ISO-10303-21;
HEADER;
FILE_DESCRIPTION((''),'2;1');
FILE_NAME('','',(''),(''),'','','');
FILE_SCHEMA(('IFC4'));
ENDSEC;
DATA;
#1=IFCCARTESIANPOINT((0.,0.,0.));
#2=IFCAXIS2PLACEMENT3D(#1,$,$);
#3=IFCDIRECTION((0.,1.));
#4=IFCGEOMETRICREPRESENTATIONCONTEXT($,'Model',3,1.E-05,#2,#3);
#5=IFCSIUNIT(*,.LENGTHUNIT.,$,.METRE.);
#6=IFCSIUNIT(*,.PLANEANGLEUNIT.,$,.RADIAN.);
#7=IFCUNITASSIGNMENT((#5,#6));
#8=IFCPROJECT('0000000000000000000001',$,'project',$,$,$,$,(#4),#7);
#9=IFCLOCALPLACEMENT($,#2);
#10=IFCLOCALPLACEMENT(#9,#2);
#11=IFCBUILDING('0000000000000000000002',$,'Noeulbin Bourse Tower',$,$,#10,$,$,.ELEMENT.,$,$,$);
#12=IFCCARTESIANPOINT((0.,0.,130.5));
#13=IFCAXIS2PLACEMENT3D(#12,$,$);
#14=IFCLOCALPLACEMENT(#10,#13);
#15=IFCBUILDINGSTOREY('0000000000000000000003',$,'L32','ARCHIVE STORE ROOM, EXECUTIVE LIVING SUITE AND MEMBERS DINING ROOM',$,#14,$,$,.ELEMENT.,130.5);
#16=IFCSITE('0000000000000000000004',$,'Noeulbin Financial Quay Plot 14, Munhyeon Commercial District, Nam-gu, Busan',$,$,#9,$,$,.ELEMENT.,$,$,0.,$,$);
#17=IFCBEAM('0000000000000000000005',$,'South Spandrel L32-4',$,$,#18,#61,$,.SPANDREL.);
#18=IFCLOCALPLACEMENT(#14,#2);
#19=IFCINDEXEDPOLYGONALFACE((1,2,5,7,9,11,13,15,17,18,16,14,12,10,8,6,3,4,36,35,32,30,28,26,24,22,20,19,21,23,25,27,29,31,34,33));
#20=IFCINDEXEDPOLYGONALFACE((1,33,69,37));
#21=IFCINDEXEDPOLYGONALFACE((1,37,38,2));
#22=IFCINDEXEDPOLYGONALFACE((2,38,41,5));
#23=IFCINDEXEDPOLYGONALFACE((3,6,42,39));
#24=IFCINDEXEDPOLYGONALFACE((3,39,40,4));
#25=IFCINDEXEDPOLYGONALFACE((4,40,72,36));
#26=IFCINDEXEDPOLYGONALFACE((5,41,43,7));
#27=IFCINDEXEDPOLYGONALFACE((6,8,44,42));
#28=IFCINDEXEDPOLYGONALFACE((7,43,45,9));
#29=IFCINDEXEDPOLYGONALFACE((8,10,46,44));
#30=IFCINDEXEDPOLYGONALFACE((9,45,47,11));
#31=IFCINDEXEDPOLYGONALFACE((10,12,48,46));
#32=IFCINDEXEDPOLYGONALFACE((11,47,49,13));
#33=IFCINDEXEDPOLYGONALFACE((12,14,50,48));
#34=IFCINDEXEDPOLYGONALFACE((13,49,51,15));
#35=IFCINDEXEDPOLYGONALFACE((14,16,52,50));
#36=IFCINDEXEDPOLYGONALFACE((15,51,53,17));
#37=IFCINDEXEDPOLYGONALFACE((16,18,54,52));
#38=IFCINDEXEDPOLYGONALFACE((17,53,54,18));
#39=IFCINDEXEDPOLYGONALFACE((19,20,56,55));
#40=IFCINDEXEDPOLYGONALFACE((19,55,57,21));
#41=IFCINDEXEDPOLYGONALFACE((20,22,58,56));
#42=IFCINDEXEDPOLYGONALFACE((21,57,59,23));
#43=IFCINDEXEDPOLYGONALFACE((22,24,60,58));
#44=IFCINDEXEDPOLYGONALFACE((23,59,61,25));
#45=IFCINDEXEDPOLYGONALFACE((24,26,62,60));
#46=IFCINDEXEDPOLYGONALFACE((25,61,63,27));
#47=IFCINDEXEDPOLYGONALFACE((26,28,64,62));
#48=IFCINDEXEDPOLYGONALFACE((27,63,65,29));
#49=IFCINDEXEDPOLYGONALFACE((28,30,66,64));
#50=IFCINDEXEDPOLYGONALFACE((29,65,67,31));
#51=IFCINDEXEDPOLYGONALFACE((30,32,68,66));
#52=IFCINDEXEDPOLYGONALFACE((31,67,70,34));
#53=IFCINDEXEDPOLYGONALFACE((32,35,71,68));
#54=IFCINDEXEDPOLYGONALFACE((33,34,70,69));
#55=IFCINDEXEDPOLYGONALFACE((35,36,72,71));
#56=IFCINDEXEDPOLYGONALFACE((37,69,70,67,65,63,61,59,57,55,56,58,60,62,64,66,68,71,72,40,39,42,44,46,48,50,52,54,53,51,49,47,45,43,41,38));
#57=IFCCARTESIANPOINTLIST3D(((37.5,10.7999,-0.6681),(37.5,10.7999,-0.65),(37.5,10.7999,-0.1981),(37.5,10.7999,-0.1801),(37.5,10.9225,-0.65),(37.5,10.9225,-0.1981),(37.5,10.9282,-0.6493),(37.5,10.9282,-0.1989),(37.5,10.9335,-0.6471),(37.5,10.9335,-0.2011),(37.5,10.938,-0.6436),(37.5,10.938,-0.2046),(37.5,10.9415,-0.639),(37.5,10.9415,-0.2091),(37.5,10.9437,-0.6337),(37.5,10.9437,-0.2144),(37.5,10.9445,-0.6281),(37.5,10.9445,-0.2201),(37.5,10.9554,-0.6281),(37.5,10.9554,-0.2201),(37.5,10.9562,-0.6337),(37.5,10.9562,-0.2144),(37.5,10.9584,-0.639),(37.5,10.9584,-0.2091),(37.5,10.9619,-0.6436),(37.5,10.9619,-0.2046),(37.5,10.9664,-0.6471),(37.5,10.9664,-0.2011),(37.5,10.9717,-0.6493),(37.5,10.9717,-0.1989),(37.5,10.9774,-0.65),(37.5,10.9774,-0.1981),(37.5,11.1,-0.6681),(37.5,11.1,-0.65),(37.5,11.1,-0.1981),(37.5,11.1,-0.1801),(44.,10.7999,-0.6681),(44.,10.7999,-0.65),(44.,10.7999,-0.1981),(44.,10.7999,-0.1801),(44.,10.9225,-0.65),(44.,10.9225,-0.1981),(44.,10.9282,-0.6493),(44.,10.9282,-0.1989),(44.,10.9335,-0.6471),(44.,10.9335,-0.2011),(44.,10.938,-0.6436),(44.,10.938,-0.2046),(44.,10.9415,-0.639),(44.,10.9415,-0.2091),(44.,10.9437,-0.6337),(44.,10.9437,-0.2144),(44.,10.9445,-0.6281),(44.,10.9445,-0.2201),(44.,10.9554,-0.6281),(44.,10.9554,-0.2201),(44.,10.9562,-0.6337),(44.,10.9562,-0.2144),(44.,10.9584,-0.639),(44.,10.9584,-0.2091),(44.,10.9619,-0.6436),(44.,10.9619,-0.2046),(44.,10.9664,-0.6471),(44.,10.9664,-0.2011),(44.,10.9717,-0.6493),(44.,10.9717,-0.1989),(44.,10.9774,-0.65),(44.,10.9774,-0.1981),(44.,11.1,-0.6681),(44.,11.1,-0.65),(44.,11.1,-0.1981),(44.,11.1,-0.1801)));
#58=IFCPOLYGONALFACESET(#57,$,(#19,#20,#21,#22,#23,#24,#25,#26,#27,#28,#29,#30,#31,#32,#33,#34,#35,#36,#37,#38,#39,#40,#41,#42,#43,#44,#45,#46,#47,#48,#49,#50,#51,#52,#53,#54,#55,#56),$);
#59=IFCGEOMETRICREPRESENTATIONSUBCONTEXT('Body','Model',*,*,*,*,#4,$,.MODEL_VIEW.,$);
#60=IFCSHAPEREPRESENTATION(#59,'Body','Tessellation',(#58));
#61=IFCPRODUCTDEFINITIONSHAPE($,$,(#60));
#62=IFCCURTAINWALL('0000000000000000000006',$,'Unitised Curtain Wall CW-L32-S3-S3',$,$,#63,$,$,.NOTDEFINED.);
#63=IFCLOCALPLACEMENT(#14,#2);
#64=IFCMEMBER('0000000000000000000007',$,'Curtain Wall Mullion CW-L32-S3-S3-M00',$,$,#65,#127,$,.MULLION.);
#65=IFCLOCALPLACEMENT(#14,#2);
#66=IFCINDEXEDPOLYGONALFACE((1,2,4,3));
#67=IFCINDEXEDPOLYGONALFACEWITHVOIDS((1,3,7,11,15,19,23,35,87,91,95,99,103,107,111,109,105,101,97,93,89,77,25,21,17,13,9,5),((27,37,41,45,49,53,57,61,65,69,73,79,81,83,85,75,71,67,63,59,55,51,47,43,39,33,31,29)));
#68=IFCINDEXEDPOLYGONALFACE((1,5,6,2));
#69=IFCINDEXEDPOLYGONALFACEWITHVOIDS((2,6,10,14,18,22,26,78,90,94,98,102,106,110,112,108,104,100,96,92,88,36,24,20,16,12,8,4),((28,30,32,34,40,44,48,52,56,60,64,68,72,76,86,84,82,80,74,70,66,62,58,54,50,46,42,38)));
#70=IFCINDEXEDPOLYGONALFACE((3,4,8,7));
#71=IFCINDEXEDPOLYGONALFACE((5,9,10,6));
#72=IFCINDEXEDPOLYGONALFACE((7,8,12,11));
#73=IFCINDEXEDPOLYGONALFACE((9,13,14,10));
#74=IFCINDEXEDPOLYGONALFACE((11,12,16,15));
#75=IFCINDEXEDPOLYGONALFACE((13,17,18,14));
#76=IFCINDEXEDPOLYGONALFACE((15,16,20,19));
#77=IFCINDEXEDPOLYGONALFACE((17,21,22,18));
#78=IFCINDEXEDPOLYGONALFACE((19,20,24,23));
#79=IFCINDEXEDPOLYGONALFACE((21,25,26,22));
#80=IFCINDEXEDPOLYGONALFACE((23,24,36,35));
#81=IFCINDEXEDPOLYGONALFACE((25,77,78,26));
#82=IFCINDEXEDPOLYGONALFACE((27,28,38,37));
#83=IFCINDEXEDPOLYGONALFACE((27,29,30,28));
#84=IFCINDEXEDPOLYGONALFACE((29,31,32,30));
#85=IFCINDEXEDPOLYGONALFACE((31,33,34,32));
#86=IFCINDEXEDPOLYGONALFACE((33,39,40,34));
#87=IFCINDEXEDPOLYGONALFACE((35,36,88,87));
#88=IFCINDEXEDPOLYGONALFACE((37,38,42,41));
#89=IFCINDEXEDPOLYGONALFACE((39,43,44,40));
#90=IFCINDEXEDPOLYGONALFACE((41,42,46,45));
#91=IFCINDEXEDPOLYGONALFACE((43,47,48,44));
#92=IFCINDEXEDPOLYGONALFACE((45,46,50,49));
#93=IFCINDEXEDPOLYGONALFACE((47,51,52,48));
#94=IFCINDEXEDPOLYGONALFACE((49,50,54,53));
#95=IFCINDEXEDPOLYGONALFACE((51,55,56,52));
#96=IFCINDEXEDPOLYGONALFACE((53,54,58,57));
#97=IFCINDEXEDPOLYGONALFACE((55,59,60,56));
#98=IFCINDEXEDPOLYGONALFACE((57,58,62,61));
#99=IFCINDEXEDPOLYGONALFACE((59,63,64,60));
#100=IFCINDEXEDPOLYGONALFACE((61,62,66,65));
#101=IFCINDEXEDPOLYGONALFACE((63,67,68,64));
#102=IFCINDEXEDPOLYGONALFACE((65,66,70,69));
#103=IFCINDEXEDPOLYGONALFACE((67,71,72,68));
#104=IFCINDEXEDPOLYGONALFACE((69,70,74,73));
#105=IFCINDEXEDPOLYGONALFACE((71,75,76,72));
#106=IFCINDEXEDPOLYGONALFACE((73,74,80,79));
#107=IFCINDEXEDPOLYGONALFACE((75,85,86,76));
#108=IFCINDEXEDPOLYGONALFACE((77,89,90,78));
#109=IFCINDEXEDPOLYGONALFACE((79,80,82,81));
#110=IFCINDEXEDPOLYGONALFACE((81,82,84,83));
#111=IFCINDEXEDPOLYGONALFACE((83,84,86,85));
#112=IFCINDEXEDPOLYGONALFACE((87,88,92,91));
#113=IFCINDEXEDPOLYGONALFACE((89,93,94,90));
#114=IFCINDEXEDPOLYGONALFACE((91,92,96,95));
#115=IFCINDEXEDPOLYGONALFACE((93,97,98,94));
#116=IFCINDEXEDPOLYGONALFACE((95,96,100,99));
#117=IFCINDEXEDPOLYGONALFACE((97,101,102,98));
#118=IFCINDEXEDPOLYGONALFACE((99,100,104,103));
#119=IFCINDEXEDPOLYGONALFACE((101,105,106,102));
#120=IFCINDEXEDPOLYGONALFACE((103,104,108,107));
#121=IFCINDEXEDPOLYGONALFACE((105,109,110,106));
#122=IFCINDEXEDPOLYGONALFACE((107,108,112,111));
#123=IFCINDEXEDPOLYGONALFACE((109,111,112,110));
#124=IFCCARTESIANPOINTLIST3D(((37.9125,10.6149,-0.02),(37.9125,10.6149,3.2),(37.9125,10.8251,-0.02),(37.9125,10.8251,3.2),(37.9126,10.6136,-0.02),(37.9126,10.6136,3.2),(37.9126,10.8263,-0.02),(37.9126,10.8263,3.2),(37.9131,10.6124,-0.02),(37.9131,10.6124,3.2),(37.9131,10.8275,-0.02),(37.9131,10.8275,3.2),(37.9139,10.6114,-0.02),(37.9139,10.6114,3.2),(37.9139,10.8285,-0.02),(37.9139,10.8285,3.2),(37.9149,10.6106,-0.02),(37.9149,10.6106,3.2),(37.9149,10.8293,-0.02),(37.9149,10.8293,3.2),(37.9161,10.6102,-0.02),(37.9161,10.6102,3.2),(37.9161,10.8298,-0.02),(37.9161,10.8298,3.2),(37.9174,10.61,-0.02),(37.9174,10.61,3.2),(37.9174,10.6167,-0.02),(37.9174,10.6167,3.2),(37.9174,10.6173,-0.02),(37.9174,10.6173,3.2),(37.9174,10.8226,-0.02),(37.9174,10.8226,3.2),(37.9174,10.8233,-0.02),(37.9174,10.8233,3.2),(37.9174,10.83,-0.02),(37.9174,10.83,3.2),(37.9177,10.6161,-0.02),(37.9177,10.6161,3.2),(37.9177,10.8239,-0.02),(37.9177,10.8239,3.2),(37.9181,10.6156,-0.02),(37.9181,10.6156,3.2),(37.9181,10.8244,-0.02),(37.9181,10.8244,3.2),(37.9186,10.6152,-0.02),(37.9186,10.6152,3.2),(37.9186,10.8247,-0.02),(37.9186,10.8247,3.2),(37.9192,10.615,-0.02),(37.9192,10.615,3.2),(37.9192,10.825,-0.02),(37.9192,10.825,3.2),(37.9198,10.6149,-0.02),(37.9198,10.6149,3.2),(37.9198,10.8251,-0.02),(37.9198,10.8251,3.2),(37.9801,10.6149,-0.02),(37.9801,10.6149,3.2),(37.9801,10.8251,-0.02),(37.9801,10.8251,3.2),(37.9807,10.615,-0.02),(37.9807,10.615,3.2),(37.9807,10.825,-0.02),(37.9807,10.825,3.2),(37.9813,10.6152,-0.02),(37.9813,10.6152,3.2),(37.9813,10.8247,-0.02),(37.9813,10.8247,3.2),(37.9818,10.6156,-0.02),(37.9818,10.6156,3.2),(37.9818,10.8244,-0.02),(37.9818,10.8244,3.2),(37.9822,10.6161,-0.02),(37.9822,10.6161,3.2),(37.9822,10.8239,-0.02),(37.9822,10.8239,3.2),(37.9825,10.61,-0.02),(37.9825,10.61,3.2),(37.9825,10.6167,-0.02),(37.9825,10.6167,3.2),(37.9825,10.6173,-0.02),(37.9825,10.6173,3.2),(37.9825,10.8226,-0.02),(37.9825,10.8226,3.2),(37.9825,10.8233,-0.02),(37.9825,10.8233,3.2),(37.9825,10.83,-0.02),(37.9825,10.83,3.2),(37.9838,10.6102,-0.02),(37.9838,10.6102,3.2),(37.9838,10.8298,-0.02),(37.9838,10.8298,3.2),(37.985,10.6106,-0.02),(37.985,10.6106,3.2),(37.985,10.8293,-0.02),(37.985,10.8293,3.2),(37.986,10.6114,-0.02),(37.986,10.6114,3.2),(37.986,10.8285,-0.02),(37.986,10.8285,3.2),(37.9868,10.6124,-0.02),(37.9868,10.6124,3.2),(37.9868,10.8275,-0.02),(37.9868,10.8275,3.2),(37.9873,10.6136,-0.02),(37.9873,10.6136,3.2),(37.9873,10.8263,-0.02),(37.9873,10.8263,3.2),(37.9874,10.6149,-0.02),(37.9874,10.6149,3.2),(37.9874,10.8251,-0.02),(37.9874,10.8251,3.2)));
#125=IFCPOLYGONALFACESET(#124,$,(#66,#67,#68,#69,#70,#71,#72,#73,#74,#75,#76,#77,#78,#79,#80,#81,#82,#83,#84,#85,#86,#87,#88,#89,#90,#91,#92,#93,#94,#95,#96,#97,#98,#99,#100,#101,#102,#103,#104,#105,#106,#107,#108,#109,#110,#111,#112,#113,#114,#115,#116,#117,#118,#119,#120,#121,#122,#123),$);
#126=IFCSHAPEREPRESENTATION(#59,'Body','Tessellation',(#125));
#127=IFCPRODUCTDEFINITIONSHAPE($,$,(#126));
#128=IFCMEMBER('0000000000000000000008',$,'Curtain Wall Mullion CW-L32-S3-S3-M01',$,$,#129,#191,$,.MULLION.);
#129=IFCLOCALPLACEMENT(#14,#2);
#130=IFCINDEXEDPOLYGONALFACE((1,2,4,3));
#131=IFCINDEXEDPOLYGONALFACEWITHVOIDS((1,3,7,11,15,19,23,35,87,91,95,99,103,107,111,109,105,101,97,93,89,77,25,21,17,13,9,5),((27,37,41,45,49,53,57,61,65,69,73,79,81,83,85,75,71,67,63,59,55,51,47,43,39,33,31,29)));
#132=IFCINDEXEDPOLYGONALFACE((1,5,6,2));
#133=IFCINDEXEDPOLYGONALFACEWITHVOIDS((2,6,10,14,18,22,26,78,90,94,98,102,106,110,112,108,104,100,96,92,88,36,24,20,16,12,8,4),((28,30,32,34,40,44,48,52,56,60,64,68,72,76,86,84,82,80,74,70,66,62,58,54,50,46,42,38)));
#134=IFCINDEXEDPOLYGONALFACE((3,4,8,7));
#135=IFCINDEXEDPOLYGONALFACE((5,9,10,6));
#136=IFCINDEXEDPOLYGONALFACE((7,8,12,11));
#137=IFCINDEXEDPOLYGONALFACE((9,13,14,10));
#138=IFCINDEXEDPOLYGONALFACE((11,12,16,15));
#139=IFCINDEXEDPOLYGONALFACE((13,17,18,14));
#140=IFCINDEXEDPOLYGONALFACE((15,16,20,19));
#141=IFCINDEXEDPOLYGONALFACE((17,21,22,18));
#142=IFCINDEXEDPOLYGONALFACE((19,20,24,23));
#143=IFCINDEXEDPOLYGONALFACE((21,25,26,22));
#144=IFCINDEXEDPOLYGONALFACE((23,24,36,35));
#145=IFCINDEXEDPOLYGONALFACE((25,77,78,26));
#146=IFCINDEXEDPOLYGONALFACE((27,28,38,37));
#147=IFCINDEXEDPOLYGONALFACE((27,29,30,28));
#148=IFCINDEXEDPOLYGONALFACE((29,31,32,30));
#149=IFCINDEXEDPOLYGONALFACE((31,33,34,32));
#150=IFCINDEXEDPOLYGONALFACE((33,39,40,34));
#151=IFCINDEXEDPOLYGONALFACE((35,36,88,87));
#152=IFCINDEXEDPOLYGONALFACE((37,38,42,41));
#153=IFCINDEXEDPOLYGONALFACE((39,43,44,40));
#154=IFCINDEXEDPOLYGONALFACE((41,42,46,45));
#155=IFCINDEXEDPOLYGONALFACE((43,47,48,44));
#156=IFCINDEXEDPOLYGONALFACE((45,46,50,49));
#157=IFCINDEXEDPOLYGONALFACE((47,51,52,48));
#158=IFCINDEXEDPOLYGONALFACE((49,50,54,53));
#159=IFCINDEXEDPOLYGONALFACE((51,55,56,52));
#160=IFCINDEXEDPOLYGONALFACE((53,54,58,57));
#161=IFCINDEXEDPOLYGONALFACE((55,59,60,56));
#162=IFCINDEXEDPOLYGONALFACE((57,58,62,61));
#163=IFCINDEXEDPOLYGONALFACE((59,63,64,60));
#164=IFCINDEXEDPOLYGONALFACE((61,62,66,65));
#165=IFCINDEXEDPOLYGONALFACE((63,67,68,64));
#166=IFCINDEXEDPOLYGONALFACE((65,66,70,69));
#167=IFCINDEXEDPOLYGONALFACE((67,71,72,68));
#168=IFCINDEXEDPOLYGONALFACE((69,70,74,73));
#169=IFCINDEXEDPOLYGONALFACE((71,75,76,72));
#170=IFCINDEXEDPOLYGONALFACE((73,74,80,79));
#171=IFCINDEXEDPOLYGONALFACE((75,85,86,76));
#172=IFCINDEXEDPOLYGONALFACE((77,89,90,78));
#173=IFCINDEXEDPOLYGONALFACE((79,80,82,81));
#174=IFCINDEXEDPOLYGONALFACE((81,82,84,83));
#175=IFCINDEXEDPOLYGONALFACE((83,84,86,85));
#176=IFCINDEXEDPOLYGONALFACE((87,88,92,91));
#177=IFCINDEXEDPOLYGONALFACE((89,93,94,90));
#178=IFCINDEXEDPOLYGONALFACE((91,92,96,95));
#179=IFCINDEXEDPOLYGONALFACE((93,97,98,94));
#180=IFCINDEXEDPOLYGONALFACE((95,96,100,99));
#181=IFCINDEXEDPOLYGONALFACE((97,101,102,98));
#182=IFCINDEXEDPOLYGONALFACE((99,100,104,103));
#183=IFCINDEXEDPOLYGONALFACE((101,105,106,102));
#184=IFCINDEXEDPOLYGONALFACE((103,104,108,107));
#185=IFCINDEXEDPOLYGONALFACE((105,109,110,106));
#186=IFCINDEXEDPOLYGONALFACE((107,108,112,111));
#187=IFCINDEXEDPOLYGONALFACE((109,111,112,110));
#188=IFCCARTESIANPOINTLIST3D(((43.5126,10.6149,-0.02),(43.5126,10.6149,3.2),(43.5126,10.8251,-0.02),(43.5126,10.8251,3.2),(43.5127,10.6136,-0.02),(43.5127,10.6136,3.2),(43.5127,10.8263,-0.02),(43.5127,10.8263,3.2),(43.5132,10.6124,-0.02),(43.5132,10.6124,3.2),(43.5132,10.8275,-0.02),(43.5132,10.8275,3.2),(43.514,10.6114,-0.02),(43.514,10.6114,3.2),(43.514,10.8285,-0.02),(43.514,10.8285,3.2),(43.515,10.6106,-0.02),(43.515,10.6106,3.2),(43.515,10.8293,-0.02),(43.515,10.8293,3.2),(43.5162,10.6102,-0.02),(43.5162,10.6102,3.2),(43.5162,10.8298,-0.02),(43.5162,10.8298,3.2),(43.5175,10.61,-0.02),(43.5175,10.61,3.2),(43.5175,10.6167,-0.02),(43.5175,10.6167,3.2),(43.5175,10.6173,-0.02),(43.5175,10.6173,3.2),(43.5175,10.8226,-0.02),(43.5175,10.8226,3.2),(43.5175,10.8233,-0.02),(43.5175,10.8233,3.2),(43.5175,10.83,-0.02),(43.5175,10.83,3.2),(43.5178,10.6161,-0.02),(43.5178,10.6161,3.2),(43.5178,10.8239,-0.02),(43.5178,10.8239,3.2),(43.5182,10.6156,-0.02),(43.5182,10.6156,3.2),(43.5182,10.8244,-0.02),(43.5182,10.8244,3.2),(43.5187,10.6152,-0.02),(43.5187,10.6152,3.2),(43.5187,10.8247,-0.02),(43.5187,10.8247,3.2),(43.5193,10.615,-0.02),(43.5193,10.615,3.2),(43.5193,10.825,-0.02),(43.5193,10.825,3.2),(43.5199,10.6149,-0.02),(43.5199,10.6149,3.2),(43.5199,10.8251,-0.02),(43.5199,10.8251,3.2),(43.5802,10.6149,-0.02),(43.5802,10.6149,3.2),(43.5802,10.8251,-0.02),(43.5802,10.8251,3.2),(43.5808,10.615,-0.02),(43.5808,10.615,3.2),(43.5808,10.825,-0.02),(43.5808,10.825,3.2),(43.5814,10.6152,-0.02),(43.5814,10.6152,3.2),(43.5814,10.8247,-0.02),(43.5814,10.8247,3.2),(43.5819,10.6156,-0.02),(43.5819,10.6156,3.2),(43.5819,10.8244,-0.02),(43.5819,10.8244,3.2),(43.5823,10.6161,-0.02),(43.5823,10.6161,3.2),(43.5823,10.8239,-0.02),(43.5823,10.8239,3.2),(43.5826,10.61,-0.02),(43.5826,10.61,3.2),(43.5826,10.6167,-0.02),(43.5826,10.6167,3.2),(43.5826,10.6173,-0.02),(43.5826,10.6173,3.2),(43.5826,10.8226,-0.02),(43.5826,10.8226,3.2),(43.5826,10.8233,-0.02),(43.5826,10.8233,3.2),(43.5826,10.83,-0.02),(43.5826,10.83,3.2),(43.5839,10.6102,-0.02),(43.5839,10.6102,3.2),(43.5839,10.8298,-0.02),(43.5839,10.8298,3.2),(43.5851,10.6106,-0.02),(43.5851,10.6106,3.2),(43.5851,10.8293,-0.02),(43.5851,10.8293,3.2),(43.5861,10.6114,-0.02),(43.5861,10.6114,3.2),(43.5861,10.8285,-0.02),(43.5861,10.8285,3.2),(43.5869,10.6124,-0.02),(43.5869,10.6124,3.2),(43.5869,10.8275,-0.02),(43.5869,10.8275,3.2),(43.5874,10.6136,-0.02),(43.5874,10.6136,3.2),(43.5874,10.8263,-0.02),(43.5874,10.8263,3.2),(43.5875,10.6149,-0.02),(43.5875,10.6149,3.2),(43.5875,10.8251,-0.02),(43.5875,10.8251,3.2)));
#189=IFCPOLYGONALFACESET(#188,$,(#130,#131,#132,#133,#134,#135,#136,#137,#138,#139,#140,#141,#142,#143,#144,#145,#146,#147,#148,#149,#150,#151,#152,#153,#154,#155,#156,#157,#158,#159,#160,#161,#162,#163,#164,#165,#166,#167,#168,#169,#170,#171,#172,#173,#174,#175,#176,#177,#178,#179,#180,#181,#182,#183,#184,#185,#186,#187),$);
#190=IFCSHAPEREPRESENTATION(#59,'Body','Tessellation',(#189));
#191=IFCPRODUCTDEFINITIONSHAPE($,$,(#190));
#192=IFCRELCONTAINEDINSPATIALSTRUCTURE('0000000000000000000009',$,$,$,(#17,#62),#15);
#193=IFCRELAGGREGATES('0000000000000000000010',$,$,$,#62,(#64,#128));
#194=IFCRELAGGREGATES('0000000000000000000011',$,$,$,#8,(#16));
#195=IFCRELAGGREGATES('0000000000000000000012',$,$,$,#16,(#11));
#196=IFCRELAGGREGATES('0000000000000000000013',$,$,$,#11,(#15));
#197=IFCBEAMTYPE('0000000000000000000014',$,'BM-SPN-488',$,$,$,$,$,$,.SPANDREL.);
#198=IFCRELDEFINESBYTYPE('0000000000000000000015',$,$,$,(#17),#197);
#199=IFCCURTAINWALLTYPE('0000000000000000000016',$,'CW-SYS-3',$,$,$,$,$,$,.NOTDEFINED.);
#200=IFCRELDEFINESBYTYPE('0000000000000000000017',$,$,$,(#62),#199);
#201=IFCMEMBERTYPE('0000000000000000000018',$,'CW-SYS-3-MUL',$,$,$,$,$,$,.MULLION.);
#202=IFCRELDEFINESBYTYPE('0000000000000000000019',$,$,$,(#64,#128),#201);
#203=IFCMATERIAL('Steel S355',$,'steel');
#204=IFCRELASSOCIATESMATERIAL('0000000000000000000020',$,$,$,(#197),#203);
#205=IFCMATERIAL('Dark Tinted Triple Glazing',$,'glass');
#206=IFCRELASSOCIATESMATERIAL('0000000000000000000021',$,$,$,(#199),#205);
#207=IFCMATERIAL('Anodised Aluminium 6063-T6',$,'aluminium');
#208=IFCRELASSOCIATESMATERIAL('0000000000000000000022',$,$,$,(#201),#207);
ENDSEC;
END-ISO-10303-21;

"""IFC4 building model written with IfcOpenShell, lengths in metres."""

from ifc_helpers import new_model, si_unit, direction, frame, origin, origin_2d, place, context, subcontext, project, spatial, hollow_rectangle, i_section, extrude, material, material_profile, profile_set, type_object, element, aggregate, save


model = new_model("IFC4")

# Units and contexts
model_context = context("Model", 3, precision=1e-05, world=origin(), true_north=direction((0.0, 1.0)))
body_context = subcontext(model_context, "Body", "Model", "MODEL_VIEW")
ifc_project = project(units=[si_unit("LENGTHUNIT", "METRE"), si_unit("PLANEANGLEUNIT", "RADIAN")], contexts=[model_context])

# Site, building, storey
site_placement = place(None, origin())
site = spatial("IfcSite", under=ifc_project, at=site_placement, Name="Noeulbin Financial Quay Plot 14, Munhyeon Commercial District, Nam-gu, Busan", CompositionType="ELEMENT", RefElevation=0.0)
building_placement = place(site_placement, origin())
building = spatial("IfcBuilding", under=site, at=building_placement, Name="Noeulbin Bourse Tower", CompositionType="ELEMENT")
storey_placement = place(building_placement, frame((0.0, 0.0, 130.5)))
storey = spatial("IfcBuildingStorey", under=building, at=storey_placement, Name="L32", Description="ARCHIVE STORE ROOM, EXECUTIVE LIVING SUITE AND MEMBERS DINING ROOM", CompositionType="ELEMENT", Elevation=130.5)

# Shared definitions
ifc_material_1 = material(Name="Steel S355", Category="steel")

# Beam
ifc_material_profile_1 = material_profile(ifc_material_1, i_section(OverallWidth=0.3, OverallDepth=0.488, WebThickness=0.011, FlangeThickness=0.0181, FilletRadius=0.022, at=origin_2d()), Name="H-488x300x11x18", Category="LoadBearing")
ifc_profile_set_1 = profile_set([ifc_material_profile_1], Name="Steel S355")
beam_type_1 = type_object("IfcBeamType", Name="BM-SPN-488", PredefinedType="SPANDREL", material=ifc_profile_set_1)
beam_1_placement = place(storey_placement, frame((37.5, 10.95, -0.4241), z_axis=(1.0, 0.0, 0.0), x_axis=(0.0, 1.0, 0.0)))
element("IfcBeam", 1, at=beam_1_placement, inside=storey, type_object=beam_type_1, Name="South Spandrel L32-4", PredefinedType="SPANDREL", context=body_context, shape_type="SweptSolid", body=[
    extrude(i_section(OverallWidth=0.3, OverallDepth=0.488, WebThickness=0.011, FlangeThickness=0.0181, FilletRadius=0.022, at=origin_2d()), origin(), (0.0, 0.0, 1.0), 6.5),
])

# Curtain wall, members
ifc_material_2 = material(Name="Dark Tinted Triple Glazing", Category="glass")
curtain_wall_type = type_object("IfcCurtainWallType", Name="CW-SYS-3", PredefinedType="NOTDEFINED", material=ifc_material_2)
curtain_wall_placement = place(storey_placement, origin())
curtain_wall = element("IfcCurtainWall", 2, at=curtain_wall_placement, inside=storey, type_object=curtain_wall_type, Name="Unitised Curtain Wall CW-L32-S3-S3", PredefinedType="NOTDEFINED")
ifc_material_3 = material(Name="Anodised Aluminium 6063-T6", Category="aluminium")
ifc_material_profile_2 = material_profile(ifc_material_3, hollow_rectangle(XDim=0.075, YDim=0.22, WallThickness=0.0049, InnerFilletRadius=0.0024, OuterFilletRadius=0.0049, at=origin_2d()), Name="ALU-MULL-75x220x5", Category="LoadBearing")
ifc_profile_set_2 = profile_set([ifc_material_profile_2], Name="Anodised Aluminium 6063-T6")
member_type_1 = type_object("IfcMemberType", Name="CW-SYS-3-MUL", PredefinedType="MULLION", material=ifc_profile_set_2)
member_1_placement = place(storey_placement, frame((37.95, 10.72, -0.02), z_axis=(0.0, 0.0, 1.0), x_axis=(1.0, 0.0, 0.0)))
member_1 = element("IfcMember", 3, at=member_1_placement, type_object=member_type_1, Name="Curtain Wall Mullion CW-L32-S3-S3-M00", PredefinedType="MULLION", context=body_context, shape_type="SweptSolid", body=[
    extrude(hollow_rectangle(XDim=0.075, YDim=0.22, WallThickness=0.0049, InnerFilletRadius=0.0024, OuterFilletRadius=0.0049, at=origin_2d()), origin(), (0.0, 0.0, 1.0), 3.22),
])
member_2_placement = place(storey_placement, frame((43.55, 10.72, -0.02), z_axis=(0.0, 0.0, 1.0), x_axis=(1.0, 0.0, 0.0)))
member_2 = element("IfcMember", 4, at=member_2_placement, type_object=member_type_1, Name="Curtain Wall Mullion CW-L32-S3-S3-M01", PredefinedType="MULLION", context=body_context, shape_type="SweptSolid", body=[
    extrude(hollow_rectangle(XDim=0.075, YDim=0.22, WallThickness=0.0049, InnerFilletRadius=0.0024, OuterFilletRadius=0.0049, at=origin_2d()), origin(), (0.0, 0.0, 1.0), 3.22),
])
aggregate(curtain_wall, [member_1, member_2])

save(model, "model.ifc")
